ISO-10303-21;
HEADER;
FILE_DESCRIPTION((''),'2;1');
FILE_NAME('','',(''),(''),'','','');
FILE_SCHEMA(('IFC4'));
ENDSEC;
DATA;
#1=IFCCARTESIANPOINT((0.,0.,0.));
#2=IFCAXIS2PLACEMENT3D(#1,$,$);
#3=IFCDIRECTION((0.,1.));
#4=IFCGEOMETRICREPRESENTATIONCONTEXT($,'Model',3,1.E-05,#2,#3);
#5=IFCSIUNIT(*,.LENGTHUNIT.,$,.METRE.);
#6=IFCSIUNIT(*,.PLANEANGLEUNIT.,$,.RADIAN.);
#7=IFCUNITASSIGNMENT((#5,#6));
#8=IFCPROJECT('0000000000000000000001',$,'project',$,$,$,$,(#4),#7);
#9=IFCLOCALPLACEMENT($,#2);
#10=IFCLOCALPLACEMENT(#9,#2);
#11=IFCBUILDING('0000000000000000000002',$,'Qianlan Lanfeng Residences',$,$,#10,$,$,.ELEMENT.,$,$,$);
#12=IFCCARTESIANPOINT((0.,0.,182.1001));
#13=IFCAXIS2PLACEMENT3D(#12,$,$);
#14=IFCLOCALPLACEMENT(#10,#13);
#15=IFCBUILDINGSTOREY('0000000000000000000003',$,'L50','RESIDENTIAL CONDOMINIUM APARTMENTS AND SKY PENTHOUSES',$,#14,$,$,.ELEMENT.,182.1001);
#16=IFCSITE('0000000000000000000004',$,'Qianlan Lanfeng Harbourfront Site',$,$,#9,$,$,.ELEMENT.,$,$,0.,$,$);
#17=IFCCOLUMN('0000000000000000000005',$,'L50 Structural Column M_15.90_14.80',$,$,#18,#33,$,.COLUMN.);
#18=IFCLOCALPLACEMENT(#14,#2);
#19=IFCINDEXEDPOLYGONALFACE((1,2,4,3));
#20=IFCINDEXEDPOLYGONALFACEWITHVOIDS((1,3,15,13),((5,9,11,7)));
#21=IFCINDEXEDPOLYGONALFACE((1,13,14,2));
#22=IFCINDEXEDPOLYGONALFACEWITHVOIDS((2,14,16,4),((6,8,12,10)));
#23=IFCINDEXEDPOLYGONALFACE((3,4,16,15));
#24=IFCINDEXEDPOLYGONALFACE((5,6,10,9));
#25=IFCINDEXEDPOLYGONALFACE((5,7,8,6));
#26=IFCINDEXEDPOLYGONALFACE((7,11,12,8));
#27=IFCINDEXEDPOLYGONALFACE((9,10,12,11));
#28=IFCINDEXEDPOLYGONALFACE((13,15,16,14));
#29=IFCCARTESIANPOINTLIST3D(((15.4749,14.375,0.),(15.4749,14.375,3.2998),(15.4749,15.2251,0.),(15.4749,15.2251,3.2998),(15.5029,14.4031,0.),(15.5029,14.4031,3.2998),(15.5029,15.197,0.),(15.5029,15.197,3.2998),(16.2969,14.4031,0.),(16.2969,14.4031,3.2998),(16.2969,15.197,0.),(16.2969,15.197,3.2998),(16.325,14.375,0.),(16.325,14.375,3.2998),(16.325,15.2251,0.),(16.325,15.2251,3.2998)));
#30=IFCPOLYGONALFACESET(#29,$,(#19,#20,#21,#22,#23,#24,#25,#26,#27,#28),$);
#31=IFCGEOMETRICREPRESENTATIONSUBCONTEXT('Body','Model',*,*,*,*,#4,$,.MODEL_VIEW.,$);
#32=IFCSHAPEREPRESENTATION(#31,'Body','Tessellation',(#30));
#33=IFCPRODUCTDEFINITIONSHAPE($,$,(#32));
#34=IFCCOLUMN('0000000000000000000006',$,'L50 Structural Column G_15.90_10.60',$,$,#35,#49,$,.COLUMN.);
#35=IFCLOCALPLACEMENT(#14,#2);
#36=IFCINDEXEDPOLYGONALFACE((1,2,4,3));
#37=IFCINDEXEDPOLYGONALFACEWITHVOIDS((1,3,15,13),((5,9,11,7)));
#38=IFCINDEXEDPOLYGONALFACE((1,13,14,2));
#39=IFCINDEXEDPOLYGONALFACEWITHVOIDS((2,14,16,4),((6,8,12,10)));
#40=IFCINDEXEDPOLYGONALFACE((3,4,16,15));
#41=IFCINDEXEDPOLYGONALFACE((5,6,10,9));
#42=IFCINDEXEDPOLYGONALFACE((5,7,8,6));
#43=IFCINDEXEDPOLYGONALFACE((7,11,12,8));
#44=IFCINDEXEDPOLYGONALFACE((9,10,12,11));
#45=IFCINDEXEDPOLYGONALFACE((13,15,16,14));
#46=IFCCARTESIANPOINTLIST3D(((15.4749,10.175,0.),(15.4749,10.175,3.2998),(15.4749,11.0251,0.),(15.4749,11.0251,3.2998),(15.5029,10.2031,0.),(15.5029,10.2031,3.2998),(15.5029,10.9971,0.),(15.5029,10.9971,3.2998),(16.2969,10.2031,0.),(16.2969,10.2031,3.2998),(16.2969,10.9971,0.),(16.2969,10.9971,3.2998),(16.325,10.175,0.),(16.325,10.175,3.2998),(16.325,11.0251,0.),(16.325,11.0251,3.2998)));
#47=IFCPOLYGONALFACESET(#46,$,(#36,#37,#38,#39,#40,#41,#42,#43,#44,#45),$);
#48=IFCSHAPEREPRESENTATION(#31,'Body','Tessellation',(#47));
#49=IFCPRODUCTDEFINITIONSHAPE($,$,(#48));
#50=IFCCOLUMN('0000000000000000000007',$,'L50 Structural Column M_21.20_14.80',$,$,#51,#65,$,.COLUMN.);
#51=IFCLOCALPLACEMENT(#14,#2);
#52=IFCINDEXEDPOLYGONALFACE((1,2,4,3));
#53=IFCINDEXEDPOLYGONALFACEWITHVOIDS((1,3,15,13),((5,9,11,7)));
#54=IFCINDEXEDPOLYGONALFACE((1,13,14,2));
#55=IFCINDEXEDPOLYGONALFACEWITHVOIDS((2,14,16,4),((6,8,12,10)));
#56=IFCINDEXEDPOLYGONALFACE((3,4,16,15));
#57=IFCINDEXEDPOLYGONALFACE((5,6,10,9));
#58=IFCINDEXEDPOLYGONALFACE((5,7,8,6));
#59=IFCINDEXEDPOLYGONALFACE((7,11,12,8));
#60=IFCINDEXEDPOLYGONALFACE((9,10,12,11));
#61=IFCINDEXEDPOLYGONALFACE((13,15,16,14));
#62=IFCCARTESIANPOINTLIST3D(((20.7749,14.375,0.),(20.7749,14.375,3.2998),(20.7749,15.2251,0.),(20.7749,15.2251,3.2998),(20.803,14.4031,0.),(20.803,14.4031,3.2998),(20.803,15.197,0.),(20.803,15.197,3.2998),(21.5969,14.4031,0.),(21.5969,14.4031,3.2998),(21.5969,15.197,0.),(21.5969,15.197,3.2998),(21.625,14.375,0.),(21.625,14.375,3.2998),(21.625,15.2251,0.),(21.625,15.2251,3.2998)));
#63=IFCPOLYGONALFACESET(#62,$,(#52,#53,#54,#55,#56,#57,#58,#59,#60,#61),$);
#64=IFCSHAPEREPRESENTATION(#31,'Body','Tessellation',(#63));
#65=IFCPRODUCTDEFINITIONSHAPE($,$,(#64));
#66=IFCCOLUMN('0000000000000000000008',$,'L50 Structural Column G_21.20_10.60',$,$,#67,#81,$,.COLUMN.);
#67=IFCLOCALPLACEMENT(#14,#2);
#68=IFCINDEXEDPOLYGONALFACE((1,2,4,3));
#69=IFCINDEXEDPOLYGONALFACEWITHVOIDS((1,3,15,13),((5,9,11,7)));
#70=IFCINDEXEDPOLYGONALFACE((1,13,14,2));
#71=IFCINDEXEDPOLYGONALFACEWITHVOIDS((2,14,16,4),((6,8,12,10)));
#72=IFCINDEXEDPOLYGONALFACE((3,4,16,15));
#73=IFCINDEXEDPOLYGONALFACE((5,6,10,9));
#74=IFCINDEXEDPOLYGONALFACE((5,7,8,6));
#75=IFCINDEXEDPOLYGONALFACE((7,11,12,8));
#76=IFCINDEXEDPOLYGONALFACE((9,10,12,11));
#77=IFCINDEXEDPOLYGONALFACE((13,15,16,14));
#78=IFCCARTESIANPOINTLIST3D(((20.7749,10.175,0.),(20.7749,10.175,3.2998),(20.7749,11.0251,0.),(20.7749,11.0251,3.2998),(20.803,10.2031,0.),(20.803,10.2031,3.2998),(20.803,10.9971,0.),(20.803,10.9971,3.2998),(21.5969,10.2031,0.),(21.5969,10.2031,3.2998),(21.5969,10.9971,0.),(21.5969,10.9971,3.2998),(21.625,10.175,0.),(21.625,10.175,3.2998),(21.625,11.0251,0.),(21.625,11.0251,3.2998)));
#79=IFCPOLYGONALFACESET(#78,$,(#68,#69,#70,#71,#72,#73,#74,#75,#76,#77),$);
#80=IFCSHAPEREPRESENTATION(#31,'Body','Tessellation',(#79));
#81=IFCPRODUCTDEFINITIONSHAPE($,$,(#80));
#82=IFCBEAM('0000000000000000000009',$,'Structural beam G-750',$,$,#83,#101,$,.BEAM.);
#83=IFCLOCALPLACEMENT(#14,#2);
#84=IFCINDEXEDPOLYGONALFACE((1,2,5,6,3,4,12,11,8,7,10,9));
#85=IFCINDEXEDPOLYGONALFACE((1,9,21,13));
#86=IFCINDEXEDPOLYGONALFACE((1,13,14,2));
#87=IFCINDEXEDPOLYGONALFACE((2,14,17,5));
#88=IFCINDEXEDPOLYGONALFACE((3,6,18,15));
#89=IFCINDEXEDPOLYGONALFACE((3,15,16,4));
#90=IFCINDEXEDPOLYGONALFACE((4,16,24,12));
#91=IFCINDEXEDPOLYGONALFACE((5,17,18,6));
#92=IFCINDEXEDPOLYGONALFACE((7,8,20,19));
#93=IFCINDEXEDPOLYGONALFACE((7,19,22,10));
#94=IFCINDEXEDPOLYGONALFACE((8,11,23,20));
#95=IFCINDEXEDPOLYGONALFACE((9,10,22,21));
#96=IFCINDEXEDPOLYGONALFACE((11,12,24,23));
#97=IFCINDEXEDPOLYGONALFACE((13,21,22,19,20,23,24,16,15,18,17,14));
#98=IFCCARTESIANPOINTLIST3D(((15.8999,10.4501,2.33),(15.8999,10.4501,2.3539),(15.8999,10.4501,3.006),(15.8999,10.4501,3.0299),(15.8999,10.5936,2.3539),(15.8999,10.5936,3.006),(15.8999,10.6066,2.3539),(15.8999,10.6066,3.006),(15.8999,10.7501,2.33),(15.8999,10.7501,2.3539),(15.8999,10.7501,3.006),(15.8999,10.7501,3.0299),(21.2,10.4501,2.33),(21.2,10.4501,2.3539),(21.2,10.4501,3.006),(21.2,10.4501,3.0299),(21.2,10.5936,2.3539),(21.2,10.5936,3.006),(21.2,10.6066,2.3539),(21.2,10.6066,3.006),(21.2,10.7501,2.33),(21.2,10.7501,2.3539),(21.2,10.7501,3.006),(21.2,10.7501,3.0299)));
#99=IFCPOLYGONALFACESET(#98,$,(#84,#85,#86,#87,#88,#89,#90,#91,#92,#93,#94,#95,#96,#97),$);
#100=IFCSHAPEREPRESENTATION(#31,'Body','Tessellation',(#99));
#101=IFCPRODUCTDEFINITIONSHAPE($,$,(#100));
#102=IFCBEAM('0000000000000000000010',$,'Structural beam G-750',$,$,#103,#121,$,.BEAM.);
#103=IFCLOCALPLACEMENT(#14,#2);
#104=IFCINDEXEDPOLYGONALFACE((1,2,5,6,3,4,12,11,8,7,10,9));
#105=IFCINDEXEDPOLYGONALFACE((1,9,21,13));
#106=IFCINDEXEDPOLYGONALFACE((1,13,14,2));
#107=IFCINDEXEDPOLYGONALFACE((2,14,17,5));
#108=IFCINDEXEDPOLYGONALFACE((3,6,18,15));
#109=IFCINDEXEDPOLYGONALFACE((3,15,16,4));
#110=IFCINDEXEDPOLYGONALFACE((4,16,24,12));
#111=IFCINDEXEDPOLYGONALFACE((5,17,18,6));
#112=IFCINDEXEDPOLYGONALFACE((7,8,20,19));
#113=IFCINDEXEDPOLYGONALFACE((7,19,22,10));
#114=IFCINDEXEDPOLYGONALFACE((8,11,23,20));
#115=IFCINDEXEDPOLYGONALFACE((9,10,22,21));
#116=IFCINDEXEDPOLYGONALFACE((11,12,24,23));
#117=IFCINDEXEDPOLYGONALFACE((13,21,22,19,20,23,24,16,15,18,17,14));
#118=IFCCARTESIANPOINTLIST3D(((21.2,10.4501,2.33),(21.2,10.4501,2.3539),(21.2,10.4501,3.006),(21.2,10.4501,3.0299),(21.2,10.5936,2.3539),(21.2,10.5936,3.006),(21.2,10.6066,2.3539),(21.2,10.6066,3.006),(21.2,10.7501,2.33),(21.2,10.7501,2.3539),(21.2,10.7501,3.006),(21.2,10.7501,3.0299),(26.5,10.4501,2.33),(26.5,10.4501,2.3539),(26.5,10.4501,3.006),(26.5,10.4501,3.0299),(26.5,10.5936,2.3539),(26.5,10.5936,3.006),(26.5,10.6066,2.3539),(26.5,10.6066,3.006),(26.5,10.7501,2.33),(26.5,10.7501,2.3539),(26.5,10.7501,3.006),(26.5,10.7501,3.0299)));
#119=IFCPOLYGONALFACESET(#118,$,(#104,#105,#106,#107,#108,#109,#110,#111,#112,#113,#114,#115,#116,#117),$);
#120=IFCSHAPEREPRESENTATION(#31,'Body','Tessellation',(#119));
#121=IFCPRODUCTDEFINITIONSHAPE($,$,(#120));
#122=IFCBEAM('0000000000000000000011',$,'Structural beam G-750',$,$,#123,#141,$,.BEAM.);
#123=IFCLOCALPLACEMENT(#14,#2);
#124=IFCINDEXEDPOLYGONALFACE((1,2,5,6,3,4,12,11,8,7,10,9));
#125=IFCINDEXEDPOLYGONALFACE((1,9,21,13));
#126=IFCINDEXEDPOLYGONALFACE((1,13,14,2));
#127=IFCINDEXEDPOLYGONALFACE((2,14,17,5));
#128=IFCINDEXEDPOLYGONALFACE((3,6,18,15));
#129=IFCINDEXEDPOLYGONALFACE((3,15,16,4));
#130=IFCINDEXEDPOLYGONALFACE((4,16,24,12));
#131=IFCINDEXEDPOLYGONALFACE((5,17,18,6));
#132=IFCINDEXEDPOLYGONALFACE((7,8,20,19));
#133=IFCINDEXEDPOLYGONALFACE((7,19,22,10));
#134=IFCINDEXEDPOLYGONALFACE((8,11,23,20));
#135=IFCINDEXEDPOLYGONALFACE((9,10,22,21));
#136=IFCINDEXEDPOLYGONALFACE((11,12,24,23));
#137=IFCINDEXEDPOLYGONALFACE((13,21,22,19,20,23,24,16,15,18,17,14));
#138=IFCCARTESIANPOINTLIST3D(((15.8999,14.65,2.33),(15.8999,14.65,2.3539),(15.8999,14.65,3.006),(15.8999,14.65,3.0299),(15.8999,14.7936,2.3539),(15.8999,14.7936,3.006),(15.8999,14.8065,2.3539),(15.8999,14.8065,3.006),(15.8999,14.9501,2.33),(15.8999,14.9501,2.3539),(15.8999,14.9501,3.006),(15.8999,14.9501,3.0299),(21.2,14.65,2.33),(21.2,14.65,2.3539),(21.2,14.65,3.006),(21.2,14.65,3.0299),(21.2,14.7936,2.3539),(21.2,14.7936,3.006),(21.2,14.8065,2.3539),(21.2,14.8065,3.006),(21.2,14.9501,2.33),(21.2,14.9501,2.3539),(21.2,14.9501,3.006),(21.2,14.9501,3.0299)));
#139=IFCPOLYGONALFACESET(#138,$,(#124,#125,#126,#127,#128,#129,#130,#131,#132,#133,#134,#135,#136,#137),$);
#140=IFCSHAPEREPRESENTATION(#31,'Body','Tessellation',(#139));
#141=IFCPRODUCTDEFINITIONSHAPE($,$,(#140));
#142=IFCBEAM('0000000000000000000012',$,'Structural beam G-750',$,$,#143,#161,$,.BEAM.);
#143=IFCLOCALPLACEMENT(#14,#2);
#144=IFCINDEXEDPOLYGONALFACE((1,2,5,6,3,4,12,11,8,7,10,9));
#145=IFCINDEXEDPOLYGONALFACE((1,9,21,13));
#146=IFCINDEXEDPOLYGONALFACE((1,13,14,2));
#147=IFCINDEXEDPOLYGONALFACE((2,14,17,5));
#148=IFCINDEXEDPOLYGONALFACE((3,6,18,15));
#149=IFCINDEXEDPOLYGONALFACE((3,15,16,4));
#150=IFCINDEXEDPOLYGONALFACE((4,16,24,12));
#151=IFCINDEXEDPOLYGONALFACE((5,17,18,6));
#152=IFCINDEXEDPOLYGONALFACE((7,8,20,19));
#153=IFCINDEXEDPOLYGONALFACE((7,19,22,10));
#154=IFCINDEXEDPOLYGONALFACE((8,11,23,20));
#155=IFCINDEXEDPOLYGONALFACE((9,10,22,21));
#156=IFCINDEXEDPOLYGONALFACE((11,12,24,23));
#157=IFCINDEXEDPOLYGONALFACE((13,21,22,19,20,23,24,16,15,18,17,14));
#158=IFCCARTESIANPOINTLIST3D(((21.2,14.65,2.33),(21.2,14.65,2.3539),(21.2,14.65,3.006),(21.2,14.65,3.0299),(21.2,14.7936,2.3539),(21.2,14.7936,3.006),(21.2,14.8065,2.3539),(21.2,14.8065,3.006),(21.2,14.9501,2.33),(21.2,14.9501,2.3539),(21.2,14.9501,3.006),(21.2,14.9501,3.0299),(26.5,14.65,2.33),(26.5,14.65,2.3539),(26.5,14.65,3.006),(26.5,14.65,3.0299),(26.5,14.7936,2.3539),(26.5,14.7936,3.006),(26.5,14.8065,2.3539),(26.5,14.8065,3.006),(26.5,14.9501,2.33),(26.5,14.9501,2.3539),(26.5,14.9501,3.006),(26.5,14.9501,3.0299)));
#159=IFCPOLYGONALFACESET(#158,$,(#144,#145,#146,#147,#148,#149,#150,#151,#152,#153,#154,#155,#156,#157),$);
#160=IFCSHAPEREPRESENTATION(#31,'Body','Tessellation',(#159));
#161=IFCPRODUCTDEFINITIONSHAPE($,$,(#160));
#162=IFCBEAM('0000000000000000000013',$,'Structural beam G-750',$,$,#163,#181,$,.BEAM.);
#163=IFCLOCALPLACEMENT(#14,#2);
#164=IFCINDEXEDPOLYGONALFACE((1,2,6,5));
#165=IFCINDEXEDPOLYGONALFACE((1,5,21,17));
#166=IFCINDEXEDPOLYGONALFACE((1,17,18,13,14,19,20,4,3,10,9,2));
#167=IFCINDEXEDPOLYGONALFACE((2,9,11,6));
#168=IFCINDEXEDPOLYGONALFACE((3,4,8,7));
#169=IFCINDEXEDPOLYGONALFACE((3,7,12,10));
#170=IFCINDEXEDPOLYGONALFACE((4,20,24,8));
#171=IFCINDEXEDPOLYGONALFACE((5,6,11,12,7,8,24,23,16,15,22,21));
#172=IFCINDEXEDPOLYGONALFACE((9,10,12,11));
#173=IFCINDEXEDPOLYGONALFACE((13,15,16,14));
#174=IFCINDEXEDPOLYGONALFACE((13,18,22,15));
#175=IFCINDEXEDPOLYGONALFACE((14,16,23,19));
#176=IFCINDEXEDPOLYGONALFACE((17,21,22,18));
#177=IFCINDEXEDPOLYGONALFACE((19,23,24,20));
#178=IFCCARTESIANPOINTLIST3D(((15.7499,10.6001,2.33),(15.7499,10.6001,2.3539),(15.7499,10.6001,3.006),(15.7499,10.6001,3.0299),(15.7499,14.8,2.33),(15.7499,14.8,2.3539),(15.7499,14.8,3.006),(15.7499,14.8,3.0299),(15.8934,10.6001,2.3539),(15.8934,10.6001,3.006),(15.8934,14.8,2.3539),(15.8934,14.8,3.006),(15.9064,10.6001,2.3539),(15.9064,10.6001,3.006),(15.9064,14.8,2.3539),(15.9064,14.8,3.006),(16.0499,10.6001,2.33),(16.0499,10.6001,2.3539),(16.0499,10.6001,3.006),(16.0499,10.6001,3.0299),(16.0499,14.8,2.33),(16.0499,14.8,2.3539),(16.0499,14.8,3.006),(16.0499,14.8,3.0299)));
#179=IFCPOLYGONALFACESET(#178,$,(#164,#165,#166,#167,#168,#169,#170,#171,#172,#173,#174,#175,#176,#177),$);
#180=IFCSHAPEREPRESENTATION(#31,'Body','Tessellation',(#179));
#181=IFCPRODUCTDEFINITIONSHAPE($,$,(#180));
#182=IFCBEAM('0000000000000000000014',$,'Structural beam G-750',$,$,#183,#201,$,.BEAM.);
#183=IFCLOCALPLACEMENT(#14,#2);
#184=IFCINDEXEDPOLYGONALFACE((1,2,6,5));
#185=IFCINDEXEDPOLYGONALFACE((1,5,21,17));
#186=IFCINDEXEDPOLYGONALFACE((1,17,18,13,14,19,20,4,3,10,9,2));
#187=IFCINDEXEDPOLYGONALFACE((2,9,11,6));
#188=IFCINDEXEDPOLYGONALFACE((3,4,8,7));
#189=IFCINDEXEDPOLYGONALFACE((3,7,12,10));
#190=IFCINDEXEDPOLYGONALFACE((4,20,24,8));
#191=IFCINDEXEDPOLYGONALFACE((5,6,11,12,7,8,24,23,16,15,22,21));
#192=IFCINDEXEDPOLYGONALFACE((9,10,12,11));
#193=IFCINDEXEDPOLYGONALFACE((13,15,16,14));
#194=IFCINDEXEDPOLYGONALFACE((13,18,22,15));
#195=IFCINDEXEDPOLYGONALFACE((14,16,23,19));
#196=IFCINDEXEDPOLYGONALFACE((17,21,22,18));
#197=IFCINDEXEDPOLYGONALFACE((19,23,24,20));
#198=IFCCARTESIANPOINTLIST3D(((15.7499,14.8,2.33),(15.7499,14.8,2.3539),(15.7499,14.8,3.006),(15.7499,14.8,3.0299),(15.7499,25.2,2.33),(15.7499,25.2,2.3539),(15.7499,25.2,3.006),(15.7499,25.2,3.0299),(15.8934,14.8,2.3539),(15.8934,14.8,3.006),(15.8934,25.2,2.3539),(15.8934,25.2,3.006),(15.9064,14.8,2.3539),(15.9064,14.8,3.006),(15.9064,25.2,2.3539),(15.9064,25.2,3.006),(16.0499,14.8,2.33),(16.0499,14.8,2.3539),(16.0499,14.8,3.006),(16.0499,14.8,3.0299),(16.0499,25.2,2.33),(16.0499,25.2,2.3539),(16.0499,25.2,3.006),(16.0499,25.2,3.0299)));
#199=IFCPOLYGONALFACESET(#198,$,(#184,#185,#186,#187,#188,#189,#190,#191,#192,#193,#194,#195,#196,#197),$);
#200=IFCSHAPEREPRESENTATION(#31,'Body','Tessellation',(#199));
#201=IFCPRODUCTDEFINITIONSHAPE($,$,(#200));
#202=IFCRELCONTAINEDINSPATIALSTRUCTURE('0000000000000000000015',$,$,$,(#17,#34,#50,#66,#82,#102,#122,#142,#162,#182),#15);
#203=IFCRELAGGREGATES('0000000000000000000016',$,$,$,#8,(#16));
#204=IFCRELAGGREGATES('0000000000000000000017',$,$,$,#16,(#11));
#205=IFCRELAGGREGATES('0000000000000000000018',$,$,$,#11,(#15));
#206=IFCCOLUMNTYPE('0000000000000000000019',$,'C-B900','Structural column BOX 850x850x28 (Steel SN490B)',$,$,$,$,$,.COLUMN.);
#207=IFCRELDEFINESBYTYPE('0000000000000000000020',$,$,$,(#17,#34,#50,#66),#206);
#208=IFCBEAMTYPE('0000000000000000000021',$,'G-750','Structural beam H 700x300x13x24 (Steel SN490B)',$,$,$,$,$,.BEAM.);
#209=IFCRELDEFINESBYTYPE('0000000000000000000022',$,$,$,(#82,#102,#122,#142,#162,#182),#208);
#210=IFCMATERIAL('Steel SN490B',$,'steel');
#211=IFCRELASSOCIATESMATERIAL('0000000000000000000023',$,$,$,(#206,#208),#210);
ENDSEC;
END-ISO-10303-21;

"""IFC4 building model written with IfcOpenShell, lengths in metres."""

from ifc_helpers import new_model, si_unit, direction, frame, origin, origin_2d, place, context, subcontext, project, spatial, hollow_rectangle, i_section, extrude, material, material_profile, profile_set, type_object, element, save


model = new_model("IFC4")

# Units and contexts
model_context = context("Model", 3, precision=1e-05, world=origin(), true_north=direction((0.0, 1.0)))
body_context = subcontext(model_context, "Body", "Model", "MODEL_VIEW")
ifc_project = project(units=[si_unit("LENGTHUNIT", "METRE"), si_unit("PLANEANGLEUNIT", "RADIAN")], contexts=[model_context])

# Site, building, storey
site_placement = place(None, origin())
site = spatial("IfcSite", under=ifc_project, at=site_placement, Name="Qianlan Lanfeng Harbourfront Site", CompositionType="ELEMENT", RefElevation=0.0)
building_placement = place(site_placement, origin())
building = spatial("IfcBuilding", under=site, at=building_placement, Name="Qianlan Lanfeng Residences", CompositionType="ELEMENT")
storey_placement = place(building_placement, frame((0.0, 0.0, 182.1001)))
storey = spatial("IfcBuildingStorey", under=building, at=storey_placement, Name="L50", Description="RESIDENTIAL CONDOMINIUM APARTMENTS AND SKY PENTHOUSES", CompositionType="ELEMENT", Elevation=182.1001)

# Columns
ifc_material_1 = material(Name="Steel SN490B", Category="steel")
ifc_material_profile_1 = material_profile(ifc_material_1, hollow_rectangle(XDim=0.8501, YDim=0.8501, WallThickness=0.0281, at=origin_2d()), Name="BOX 850x850x28")
ifc_profile_set_1 = profile_set([ifc_material_profile_1], Name="Steel SN490B")
column_type = type_object("IfcColumnType", Name="C-B900", Description="Structural column BOX 850x850x28 (Steel SN490B)", PredefinedType="COLUMN", material=ifc_profile_set_1)
for number, where, z_axis, x_axis, name in (
    (1, (15.8999, 14.8, 0.0), (0.0, 0.0, 1.0), (1.0, 0.0, 0.0), "L50 Structural Column M_15.90_14.80"),
    (2, (15.8999, 10.6001, 0.0), (0.0, 0.0, 1.0), (1.0, 0.0, 0.0), "L50 Structural Column G_15.90_10.60"),
    (3, (21.2, 14.8, 0.0), (0.0, 0.0, 1.0), (1.0, 0.0, 0.0), "L50 Structural Column M_21.20_14.80"),
    (4, (21.2, 10.6001, 0.0), (0.0, 0.0, 1.0), (1.0, 0.0, 0.0), "L50 Structural Column G_21.20_10.60"),
):
    element("IfcColumn", number, at=place(storey_placement, frame(where, z_axis=z_axis, x_axis=x_axis)), inside=storey, type_object=column_type, Name=name, PredefinedType="COLUMN", context=body_context, shape_type="SweptSolid", body=[
        extrude(hollow_rectangle(XDim=0.8501, YDim=0.8501, WallThickness=0.0281, at=origin_2d()), origin(), (0.0, 0.0, 1.0), 3.2998),
    ])

# Beams
ifc_material_profile_2 = material_profile(ifc_material_1, i_section(OverallWidth=0.3, OverallDepth=0.7, WebThickness=0.0129, FlangeThickness=0.0239, at=origin_2d()), Name="H 700x300x13x24")
ifc_profile_set_2 = profile_set([ifc_material_profile_2], Name="Steel SN490B")
beam_type_1 = type_object("IfcBeamType", Name="G-750", Description="Structural beam H 700x300x13x24 (Steel SN490B)", PredefinedType="BEAM", material=ifc_profile_set_2)
for number, where, z_axis, x_axis, name in (
    (5, (15.8999, 10.6001, 2.6799), (1.0, 0.0, 0.0), (0.0, 1.0, 0.0), "Structural beam G-750"),
    (6, (21.2, 10.6001, 2.6799), (1.0, 0.0, 0.0), (0.0, 1.0, 0.0), "Structural beam G-750"),
    (7, (15.8999, 14.8, 2.6799), (1.0, 0.0, 0.0), (0.0, 1.0, 0.0), "Structural beam G-750"),
    (8, (21.2, 14.8, 2.6799), (1.0, 0.0, 0.0), (0.0, 1.0, 0.0), "Structural beam G-750"),
):
    element("IfcBeam", number, at=place(storey_placement, frame(where, z_axis=z_axis, x_axis=x_axis)), inside=storey, type_object=beam_type_1, Name=name, PredefinedType="BEAM", context=body_context, shape_type="SweptSolid", body=[
        extrude(i_section(OverallWidth=0.3, OverallDepth=0.7, WebThickness=0.0129, FlangeThickness=0.0239, at=origin_2d()), origin(), (0.0, 0.0, 1.0), 5.3),
    ])
beam_1_placement = place(storey_placement, frame((15.8999, 10.6001, 2.6799), z_axis=(0.0, 1.0, 0.0), x_axis=(-1.0, 0.0, 0.0)))
element("IfcBeam", 9, at=beam_1_placement, inside=storey, type_object=beam_type_1, Name="Structural beam G-750", PredefinedType="BEAM", context=body_context, shape_type="SweptSolid", body=[
    extrude(i_section(OverallWidth=0.3, OverallDepth=0.7, WebThickness=0.0129, FlangeThickness=0.0239, at=origin_2d()), origin(), (0.0, 0.0, 1.0), 4.2),
])
beam_2_placement = place(storey_placement, frame((15.8999, 14.8, 2.6799), z_axis=(0.0, 1.0, 0.0), x_axis=(-1.0, 0.0, 0.0)))
element("IfcBeam", 10, at=beam_2_placement, inside=storey, type_object=beam_type_1, Name="Structural beam G-750", PredefinedType="BEAM", context=body_context, shape_type="SweptSolid", body=[
    extrude(i_section(OverallWidth=0.3, OverallDepth=0.7, WebThickness=0.0129, FlangeThickness=0.0239, at=origin_2d()), origin(), (0.0, 0.0, 1.0), 10.3999),
])

save(model, "model.ifc")
